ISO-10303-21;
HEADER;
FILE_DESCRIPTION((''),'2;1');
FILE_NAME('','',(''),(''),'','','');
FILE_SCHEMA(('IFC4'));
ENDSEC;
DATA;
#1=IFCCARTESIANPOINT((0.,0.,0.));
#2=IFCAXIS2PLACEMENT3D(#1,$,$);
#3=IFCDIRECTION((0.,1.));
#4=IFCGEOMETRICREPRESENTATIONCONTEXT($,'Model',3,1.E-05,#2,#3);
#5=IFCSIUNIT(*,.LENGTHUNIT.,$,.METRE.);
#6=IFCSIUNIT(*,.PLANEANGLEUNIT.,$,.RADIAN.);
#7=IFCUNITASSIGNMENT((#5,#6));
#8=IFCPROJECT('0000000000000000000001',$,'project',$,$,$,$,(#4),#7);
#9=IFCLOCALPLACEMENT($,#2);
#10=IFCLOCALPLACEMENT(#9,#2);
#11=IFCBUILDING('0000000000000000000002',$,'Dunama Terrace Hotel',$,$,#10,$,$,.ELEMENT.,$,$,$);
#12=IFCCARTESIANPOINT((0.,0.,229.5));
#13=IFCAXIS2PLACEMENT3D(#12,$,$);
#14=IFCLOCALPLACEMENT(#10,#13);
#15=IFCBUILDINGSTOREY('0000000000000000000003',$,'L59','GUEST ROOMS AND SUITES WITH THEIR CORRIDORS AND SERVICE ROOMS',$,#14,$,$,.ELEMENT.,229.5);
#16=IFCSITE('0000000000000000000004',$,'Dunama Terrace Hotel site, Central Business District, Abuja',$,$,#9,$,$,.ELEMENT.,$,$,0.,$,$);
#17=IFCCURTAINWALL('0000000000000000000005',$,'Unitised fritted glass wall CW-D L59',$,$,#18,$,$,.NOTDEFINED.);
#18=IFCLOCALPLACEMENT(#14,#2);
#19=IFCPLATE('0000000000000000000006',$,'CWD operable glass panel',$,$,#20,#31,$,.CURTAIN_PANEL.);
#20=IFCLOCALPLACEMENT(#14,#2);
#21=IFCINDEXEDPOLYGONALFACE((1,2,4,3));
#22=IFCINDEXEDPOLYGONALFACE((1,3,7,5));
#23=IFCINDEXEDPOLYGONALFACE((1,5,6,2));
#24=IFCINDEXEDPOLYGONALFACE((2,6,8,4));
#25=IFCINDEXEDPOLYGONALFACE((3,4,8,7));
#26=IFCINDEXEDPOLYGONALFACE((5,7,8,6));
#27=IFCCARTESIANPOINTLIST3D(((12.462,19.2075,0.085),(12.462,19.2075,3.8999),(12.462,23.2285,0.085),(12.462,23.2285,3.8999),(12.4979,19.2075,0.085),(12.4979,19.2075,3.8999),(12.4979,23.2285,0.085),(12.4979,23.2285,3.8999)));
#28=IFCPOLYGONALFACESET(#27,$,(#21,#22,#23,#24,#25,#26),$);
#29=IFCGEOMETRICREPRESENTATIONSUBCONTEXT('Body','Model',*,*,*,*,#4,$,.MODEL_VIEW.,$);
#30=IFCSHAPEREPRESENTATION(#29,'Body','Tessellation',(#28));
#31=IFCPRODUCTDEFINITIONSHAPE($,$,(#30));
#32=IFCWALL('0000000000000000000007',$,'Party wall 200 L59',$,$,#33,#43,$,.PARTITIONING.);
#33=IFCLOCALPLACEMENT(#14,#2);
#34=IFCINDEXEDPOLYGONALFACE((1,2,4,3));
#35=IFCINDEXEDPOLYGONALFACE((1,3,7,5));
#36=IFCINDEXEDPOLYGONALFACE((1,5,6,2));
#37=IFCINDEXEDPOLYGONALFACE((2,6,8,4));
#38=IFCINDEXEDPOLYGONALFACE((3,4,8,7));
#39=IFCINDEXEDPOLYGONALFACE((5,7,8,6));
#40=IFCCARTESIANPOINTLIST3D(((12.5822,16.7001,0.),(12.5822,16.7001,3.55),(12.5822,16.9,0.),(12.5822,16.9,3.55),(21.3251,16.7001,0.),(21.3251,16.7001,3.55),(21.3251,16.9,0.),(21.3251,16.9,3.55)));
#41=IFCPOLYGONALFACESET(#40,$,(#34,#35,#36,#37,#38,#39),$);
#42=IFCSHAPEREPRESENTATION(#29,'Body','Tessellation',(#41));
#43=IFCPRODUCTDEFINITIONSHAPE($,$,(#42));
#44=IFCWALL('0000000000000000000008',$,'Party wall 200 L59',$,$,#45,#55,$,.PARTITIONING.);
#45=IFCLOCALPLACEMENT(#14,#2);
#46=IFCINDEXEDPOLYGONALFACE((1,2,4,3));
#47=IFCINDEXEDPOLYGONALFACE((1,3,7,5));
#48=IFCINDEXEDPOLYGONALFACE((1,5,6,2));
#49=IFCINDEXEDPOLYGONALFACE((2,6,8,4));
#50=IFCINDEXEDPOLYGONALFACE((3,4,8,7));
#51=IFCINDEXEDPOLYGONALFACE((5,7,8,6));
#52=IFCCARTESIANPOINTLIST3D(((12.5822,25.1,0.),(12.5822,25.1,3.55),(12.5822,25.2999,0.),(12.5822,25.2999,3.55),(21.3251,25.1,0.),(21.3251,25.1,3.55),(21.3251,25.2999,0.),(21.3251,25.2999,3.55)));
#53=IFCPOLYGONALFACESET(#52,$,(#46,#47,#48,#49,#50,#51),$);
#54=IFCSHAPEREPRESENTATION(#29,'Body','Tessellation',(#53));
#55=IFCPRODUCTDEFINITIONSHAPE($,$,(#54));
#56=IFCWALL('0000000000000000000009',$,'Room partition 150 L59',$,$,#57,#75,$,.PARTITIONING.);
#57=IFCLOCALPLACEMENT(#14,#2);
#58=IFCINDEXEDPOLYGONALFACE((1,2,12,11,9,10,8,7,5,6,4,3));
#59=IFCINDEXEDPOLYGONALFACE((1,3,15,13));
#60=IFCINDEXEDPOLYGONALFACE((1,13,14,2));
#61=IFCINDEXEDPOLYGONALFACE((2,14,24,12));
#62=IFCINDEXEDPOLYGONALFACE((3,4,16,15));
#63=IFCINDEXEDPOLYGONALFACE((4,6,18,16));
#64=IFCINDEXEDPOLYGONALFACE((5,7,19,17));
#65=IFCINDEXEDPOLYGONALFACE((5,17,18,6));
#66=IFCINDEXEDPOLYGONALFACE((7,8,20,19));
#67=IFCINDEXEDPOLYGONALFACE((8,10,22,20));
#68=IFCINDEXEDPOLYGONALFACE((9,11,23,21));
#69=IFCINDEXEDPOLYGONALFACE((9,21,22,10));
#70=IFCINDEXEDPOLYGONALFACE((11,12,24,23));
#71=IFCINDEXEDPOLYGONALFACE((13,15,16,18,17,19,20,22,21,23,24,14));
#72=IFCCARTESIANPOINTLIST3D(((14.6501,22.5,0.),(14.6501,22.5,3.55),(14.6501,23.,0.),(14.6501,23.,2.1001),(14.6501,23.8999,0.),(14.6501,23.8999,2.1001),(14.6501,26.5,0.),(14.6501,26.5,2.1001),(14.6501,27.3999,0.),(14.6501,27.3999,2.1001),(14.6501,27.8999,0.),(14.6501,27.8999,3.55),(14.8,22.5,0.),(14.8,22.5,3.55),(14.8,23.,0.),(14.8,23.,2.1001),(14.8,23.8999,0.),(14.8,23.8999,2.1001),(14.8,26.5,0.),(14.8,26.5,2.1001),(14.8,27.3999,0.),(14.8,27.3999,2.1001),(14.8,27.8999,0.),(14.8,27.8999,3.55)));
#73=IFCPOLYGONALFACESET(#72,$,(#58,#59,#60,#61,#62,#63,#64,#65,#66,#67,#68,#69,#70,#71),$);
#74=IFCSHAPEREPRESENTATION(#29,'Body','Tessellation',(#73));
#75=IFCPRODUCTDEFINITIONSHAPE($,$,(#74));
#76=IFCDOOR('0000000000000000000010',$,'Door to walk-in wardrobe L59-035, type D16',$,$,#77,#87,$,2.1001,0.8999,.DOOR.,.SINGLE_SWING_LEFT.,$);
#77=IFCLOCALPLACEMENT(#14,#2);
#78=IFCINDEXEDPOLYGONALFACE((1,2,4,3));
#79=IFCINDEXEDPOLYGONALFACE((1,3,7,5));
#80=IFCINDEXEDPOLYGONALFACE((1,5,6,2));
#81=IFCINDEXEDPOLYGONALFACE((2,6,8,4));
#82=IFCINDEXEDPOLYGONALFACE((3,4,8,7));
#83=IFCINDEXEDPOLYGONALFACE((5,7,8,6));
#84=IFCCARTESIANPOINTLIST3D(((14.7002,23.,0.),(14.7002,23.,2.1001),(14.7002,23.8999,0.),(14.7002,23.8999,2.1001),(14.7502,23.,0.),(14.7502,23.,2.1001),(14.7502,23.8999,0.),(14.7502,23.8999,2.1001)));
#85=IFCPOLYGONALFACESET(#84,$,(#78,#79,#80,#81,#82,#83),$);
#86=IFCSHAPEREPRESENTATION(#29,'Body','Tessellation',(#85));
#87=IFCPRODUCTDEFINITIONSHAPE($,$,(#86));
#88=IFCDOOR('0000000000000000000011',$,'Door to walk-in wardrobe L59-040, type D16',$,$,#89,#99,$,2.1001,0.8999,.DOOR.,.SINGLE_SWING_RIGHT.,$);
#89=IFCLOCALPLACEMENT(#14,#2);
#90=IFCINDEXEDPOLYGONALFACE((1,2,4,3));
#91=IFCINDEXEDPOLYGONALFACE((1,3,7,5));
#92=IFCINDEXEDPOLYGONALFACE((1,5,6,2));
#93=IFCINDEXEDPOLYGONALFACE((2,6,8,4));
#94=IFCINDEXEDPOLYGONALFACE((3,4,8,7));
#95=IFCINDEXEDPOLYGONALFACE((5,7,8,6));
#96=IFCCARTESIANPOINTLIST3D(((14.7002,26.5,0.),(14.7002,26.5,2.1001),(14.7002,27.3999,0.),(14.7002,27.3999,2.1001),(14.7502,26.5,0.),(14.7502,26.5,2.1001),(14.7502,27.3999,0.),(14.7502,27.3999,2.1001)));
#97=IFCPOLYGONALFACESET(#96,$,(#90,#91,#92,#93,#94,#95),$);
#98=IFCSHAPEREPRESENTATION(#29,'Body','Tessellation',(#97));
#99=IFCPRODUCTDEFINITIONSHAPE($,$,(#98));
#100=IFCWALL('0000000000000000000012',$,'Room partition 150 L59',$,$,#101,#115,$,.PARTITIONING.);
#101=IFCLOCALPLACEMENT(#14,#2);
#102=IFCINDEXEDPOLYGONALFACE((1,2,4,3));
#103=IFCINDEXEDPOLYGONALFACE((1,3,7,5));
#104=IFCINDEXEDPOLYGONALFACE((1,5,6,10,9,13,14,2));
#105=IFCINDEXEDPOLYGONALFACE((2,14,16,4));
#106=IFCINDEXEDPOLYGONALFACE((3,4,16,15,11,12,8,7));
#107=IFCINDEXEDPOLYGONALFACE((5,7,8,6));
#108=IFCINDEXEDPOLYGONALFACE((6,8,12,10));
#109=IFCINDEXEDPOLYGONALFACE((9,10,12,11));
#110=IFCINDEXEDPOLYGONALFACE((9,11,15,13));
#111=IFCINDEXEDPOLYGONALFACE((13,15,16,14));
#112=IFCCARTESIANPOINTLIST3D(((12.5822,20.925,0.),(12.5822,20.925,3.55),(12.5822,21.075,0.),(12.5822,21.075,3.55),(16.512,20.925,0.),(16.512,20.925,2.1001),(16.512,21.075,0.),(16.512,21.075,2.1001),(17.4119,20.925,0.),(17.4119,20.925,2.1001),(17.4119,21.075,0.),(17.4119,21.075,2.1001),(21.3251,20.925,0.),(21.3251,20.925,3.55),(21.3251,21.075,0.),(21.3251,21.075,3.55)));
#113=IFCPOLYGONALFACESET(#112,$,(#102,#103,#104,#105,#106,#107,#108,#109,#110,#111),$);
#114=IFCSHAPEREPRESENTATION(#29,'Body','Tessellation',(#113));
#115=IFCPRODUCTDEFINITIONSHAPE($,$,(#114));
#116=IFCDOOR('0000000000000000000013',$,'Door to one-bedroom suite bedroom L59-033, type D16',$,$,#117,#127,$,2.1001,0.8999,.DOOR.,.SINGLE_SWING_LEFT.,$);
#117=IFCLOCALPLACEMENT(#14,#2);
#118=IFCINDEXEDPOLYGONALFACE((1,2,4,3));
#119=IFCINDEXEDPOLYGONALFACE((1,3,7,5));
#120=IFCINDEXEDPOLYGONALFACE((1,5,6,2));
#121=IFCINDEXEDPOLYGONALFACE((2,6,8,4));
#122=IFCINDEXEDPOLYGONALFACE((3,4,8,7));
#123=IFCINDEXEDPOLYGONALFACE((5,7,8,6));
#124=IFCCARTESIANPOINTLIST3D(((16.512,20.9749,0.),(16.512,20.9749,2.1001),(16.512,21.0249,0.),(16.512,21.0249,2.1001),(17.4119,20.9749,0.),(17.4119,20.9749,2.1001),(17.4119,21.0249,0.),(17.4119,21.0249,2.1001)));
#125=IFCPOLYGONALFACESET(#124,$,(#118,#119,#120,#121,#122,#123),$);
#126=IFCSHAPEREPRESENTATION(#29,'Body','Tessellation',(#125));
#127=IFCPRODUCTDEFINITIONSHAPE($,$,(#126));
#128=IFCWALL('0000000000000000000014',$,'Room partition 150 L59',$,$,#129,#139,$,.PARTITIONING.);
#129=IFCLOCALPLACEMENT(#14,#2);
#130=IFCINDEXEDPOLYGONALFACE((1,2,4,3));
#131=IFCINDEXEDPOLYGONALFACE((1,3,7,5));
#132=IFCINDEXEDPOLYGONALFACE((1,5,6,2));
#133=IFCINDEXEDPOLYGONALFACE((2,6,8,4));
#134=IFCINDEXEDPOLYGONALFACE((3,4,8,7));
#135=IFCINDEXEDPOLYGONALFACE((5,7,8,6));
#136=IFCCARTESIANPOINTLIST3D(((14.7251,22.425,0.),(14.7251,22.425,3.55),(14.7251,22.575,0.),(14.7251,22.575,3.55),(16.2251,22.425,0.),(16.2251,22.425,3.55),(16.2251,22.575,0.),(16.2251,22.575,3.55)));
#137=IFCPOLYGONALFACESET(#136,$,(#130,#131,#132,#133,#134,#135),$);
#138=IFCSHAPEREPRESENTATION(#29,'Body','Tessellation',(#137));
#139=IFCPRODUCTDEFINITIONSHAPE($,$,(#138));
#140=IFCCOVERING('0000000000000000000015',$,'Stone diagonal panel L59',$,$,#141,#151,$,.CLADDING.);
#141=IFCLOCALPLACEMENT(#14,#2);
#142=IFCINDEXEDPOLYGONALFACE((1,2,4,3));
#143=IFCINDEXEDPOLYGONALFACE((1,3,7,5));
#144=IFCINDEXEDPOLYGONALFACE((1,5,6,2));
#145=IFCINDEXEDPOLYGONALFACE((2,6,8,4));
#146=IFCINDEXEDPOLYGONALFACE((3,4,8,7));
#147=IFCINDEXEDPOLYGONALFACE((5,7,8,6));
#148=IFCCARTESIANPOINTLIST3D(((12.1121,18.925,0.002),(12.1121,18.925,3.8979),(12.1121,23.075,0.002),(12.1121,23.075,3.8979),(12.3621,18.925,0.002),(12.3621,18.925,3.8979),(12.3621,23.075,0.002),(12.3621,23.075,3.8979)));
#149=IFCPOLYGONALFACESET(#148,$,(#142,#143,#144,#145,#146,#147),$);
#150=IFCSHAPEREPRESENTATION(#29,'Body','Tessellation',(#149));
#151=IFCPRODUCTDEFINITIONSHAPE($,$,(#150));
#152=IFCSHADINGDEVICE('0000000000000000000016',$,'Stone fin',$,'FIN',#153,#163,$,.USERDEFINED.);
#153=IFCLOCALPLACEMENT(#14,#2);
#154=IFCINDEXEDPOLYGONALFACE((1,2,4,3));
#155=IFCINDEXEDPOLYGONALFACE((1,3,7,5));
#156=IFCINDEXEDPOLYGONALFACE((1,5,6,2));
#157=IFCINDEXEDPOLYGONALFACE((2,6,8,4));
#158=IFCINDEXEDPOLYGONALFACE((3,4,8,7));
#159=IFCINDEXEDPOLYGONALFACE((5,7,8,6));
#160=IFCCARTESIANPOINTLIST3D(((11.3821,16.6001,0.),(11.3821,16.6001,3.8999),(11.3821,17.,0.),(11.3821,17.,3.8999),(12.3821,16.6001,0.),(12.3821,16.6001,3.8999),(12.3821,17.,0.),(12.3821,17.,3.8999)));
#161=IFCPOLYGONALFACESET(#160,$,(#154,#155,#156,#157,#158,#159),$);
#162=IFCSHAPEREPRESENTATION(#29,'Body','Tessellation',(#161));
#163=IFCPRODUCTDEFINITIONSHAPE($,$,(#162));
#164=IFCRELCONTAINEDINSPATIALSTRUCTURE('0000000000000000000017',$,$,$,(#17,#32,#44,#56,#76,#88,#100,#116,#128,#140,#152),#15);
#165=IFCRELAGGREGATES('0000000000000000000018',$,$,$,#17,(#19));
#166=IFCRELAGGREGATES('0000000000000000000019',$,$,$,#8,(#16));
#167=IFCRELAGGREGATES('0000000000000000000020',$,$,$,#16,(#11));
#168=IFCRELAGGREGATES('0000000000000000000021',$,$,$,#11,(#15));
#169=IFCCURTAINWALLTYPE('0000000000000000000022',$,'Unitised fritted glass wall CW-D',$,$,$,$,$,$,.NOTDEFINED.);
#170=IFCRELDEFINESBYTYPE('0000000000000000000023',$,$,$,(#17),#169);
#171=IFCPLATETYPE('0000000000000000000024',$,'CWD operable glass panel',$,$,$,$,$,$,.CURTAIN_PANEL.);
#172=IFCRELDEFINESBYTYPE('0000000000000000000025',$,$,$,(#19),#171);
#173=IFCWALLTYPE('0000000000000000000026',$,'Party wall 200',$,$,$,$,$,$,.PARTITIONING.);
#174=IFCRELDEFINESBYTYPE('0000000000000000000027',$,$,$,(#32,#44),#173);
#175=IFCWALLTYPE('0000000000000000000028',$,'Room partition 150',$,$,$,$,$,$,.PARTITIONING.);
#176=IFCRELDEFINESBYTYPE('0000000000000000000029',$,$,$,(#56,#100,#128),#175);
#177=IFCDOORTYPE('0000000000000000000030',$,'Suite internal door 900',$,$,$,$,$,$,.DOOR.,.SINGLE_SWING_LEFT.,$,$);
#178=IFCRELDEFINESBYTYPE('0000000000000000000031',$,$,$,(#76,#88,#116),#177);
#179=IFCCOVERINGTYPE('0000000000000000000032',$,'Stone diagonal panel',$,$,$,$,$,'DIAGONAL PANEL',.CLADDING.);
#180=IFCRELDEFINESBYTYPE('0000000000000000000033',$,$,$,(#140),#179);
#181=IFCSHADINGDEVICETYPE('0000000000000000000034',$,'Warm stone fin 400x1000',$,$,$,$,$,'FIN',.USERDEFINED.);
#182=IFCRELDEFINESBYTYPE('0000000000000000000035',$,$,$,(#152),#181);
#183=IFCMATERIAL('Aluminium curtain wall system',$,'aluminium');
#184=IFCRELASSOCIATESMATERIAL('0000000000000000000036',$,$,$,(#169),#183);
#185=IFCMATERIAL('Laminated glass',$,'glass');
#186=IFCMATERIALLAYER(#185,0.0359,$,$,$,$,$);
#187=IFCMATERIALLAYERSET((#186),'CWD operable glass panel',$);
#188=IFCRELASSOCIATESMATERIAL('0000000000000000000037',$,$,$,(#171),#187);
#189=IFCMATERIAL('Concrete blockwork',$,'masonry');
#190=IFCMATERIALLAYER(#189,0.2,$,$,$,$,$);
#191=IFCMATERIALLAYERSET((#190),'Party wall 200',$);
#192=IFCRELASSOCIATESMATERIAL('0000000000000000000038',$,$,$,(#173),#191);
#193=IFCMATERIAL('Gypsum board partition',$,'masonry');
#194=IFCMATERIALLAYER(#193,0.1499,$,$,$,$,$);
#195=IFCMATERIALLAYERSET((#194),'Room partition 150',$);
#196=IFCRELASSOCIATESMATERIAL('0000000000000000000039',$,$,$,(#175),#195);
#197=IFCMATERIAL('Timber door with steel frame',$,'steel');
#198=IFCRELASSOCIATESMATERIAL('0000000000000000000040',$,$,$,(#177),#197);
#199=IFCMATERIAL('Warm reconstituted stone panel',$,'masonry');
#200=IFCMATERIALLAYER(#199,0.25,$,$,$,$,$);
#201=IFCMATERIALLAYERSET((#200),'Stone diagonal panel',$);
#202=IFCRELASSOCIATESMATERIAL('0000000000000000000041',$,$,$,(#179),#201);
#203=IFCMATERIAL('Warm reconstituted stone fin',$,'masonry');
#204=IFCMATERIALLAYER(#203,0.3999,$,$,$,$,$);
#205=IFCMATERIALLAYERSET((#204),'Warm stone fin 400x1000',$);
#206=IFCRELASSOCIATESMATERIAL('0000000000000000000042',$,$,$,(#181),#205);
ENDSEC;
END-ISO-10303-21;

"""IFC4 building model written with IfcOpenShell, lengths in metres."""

from ifc_helpers import new_model, si_unit, direction, frame, frame_2d, origin, origin_2d, place, context, subcontext, project, spatial, rectangle, extrude, material, layer, layer_set, type_object, element, fill, aggregate, save


model = new_model("IFC4")

# Units and contexts
model_context = context("Model", 3, precision=1e-05, world=origin(), true_north=direction((0.0, 1.0)))
body_context = subcontext(model_context, "Body", "Model", "MODEL_VIEW")
ifc_project = project(units=[si_unit("LENGTHUNIT", "METRE"), si_unit("PLANEANGLEUNIT", "RADIAN")], contexts=[model_context])

# Site, building, storey
site_placement = place(None, origin())
site = spatial("IfcSite", under=ifc_project, at=site_placement, Name="Dunama Terrace Hotel site, Central Business District, Abuja", CompositionType="ELEMENT", RefElevation=0.0)
building_placement = place(site_placement, origin())
building = spatial("IfcBuilding", under=site, at=building_placement, Name="Dunama Terrace Hotel", CompositionType="ELEMENT")
storey_placement = place(building_placement, frame((0.0, 0.0, 229.5)))
storey = spatial("IfcBuildingStorey", under=building, at=storey_placement, Name="L59", Description="GUEST ROOMS AND SUITES WITH THEIR CORRIDORS AND SERVICE ROOMS", CompositionType="ELEMENT", Elevation=229.5)

# Curtain wall
ifc_material_1 = material(Name="Aluminium curtain wall system", Category="aluminium")
curtain_wall_type = type_object("IfcCurtainWallType", Name="Unitised fritted glass wall CW-D", PredefinedType="NOTDEFINED", material=ifc_material_1)
curtain_wall_placement = place(storey_placement, origin())
curtain_wall = element("IfcCurtainWall", 1, at=curtain_wall_placement, inside=storey, type_object=curtain_wall_type, Name="Unitised fritted glass wall CW-D L59", PredefinedType="NOTDEFINED")

# Plate
ifc_material_2 = material(Name="Laminated glass", Category="glass")
ifc_layer_1 = layer(ifc_material_2, 0.0359)
ifc_layer_set_1 = layer_set([ifc_layer_1], Name="CWD operable glass panel")
plate_type_1 = type_object("IfcPlateType", Name="CWD operable glass panel", PredefinedType="CURTAIN_PANEL", material=ifc_layer_set_1)
plate_1_placement = place(storey_placement, frame((12.48, 21.218, 0.085), z_axis=(0.0, 0.0, 1.0), x_axis=(0.0, -1.0, 0.0)))
plate_1 = element("IfcPlate", 2, at=plate_1_placement, type_object=plate_type_1, Name="CWD operable glass panel", PredefinedType="CURTAIN_PANEL", context=body_context, shape_type="SweptSolid", body=[
    extrude(rectangle(XDim=4.021, YDim=0.0359, at=origin_2d()), origin(), (0.0, 0.0, 1.0), 3.8149),
])
aggregate(curtain_wall, [plate_1])

# Walls
ifc_material_3 = material(Name="Concrete blockwork", Category="masonry")
ifc_layer_2 = layer(ifc_material_3, 0.2)
ifc_layer_set_2 = layer_set([ifc_layer_2], Name="Party wall 200")
wall_type_1 = type_object("IfcWallType", Name="Party wall 200", PredefinedType="PARTITIONING", material=ifc_layer_set_2)
for number, where, z_axis, x_axis, name in (
    (3, (12.582, 16.8, 0.0), (0.0, 0.0, 1.0), (1.0, 0.0, 0.0), "Party wall 200 L59"),
    (4, (12.582, 25.2, 0.0), (0.0, 0.0, 1.0), (1.0, 0.0, 0.0), "Party wall 200 L59"),
):
    element("IfcWall", number, at=place(storey_placement, frame(where, z_axis=z_axis, x_axis=x_axis)), inside=storey, type_object=wall_type_1, Name=name, PredefinedType="PARTITIONING", context=body_context, shape_type="SweptSolid", body=[
        extrude(rectangle(XDim=8.7429, YDim=0.2, at=frame_2d((4.3716, 0.0))), origin(), (0.0, 0.0, 1.0), 3.55),
    ])

# Wall, openings, doors
ifc_material_4 = material(Name="Gypsum board partition", Category="masonry")
ifc_layer_3 = layer(ifc_material_4, 0.1499)
ifc_layer_set_3 = layer_set([ifc_layer_3], Name="Room partition 150")
wall_type_2 = type_object("IfcWallType", Name="Room partition 150", PredefinedType="PARTITIONING", material=ifc_layer_set_3)
wall_1_placement = place(storey_placement, frame((14.7251, 22.5, 0.0), z_axis=(0.0, 0.0, 1.0), x_axis=(0.0, 1.0, 0.0)))
wall_1 = element("IfcWall", 5, at=wall_1_placement, inside=storey, type_object=wall_type_2, Name="Room partition 150 L59", PredefinedType="PARTITIONING", context=body_context, shape_type="SweptSolid", body=[
    extrude(rectangle(XDim=5.3999, YDim=0.1499, at=frame_2d((2.7, 0.0))), origin(), (0.0, 0.0, 1.0), 3.55),
])
opening_1_placement = place(wall_1_placement, frame((0.5, 0.0, 0.0)))
opening_1 = element("IfcOpeningElement", 6, at=opening_1_placement, cuts=wall_1, PredefinedType="OPENING", context=body_context, shape_type="SweptSolid", body=[
    extrude(rectangle(XDim=0.8999, YDim=2.1001, at=frame_2d((0.45, 1.05))), frame((0.0, 0.085, 0.0), z_axis=(0.0, -1.0, 0.0), x_axis=(1.0, 0.0, 0.0)), (0.0, 0.0, 1.0), 0.1699),
])
opening_2_placement = place(wall_1_placement, frame((4.0, 0.0, 0.0)))
opening_2 = element("IfcOpeningElement", 7, at=opening_2_placement, cuts=wall_1, PredefinedType="OPENING", context=body_context, shape_type="SweptSolid", body=[
    extrude(rectangle(XDim=0.8999, YDim=2.1001, at=frame_2d((0.45, 1.05))), frame((0.0, 0.085, 0.0), z_axis=(0.0, -1.0, 0.0), x_axis=(1.0, 0.0, 0.0)), (0.0, 0.0, 1.0), 0.1699),
])
ifc_material_5 = material(Name="Timber door with steel frame", Category="steel")
door_type = type_object("IfcDoorType", Name="Suite internal door 900", OperationType="SINGLE_SWING_LEFT", PredefinedType="DOOR", material=ifc_material_5)
door_1_placement = place(opening_1_placement, frame((0.8999, 0.0, 0.0), z_axis=(0.0, 0.0, 1.0), x_axis=(-1.0, 0.0, 0.0)))
door_1 = element("IfcDoor", 8, at=door_1_placement, inside=storey, type_object=door_type, Name="Door to walk-in wardrobe L59-035, type D16", OperationType="SINGLE_SWING_LEFT", OverallHeight=2.1001, OverallWidth=0.8999, PredefinedType="DOOR", context=body_context, shape_type="SweptSolid", body=[
    extrude(rectangle(XDim=0.8999, YDim=2.1001, at=frame_2d((0.45, 1.05))), frame((0.0, 0.0251, 0.0), z_axis=(0.0, -1.0, 0.0), x_axis=(1.0, 0.0, 0.0)), (0.0, 0.0, 1.0), 0.05),
])
fill(opening_1, door_1)
door_2_placement = place(opening_2_placement, frame((0.8999, 0.0, 0.0), z_axis=(0.0, 0.0, 1.0), x_axis=(-1.0, 0.0, 0.0)))
door_2 = element("IfcDoor", 9, at=door_2_placement, inside=storey, type_object=door_type, Name="Door to walk-in wardrobe L59-040, type D16", OperationType="SINGLE_SWING_RIGHT", OverallHeight=2.1001, OverallWidth=0.8999, PredefinedType="DOOR", context=body_context, shape_type="SweptSolid", body=[
    extrude(rectangle(XDim=0.8999, YDim=2.1001, at=frame_2d((0.45, 1.05))), frame((0.0, 0.0251, 0.0), z_axis=(0.0, -1.0, 0.0), x_axis=(1.0, 0.0, 0.0)), (0.0, 0.0, 1.0), 0.05),
])
fill(opening_2, door_2)

# Wall, opening, door
wall_2_placement = place(storey_placement, frame((12.582, 21.0, 0.0), z_axis=(0.0, 0.0, 1.0), x_axis=(1.0, 0.0, 0.0)))
wall_2 = element("IfcWall", 10, at=wall_2_placement, inside=storey, type_object=wall_type_2, Name="Room partition 150 L59", PredefinedType="PARTITIONING", context=body_context, shape_type="SweptSolid", body=[
    extrude(rectangle(XDim=8.7429, YDim=0.1499, at=frame_2d((4.3716, 0.0))), origin(), (0.0, 0.0, 1.0), 3.55),
])
opening_3_placement = place(wall_2_placement, frame((3.9299, 0.0, 0.0)))
opening_3 = element("IfcOpeningElement", 11, at=opening_3_placement, cuts=wall_2, PredefinedType="OPENING", context=body_context, shape_type="SweptSolid", body=[
    extrude(rectangle(XDim=0.8999, YDim=2.1001, at=frame_2d((0.45, 1.05))), frame((0.0, 0.085, 0.0), z_axis=(0.0, -1.0, 0.0), x_axis=(1.0, 0.0, 0.0)), (0.0, 0.0, 1.0), 0.1699),
])
door_3_placement = place(opening_3_placement, origin())
door_3 = element("IfcDoor", 12, at=door_3_placement, inside=storey, type_object=door_type, Name="Door to one-bedroom suite bedroom L59-033, type D16", OperationType="SINGLE_SWING_LEFT", OverallHeight=2.1001, OverallWidth=0.8999, PredefinedType="DOOR", context=body_context, shape_type="SweptSolid", body=[
    extrude(rectangle(XDim=0.8999, YDim=2.1001, at=frame_2d((0.45, 1.05))), frame((0.0, 0.0249, 0.0), z_axis=(0.0, -1.0, 0.0), x_axis=(1.0, 0.0, 0.0)), (0.0, 0.0, 1.0), 0.05),
])
fill(opening_3, door_3)

# Wall
wall_3_placement = place(storey_placement, frame((14.7251, 22.5, 0.0), z_axis=(0.0, 0.0, 1.0), x_axis=(1.0, 0.0, 0.0)))
element("IfcWall", 13, at=wall_3_placement, inside=storey, type_object=wall_type_2, Name="Room partition 150 L59", PredefinedType="PARTITIONING", context=body_context, shape_type="SweptSolid", body=[
    extrude(rectangle(XDim=1.5, YDim=0.1499, at=frame_2d((0.75, 0.0))), origin(), (0.0, 0.0, 1.0), 3.55),
])

# Covering
ifc_material_6 = material(Name="Warm reconstituted stone panel", Category="masonry")
ifc_layer_4 = layer(ifc_material_6, 0.25)
ifc_layer_set_4 = layer_set([ifc_layer_4], Name="Stone diagonal panel")
covering_type = type_object("IfcCoveringType", Name="Stone diagonal panel", ElementType="DIAGONAL PANEL", PredefinedType="CLADDING", material=ifc_layer_set_4)
covering_placement = place(storey_placement, frame((12.2371, 21.0, 0.002), z_axis=(0.0, 0.0, 1.0), x_axis=(0.0, -1.0, 0.0)))
element("IfcCovering", 14, at=covering_placement, inside=storey, type_object=covering_type, Name="Stone diagonal panel L59", PredefinedType="CLADDING", context=body_context, shape_type="SweptSolid", body=[
    extrude(rectangle(XDim=4.1499, YDim=0.25, at=origin_2d()), origin(), (0.0, 0.0, 1.0), 3.896),
])

# Shading device
ifc_material_7 = material(Name="Warm reconstituted stone fin", Category="masonry")
ifc_layer_5 = layer(ifc_material_7, 0.3999)
ifc_layer_set_5 = layer_set([ifc_layer_5], Name="Warm stone fin 400x1000")
shading_device_type = type_object("IfcShadingDeviceType", Name="Warm stone fin 400x1000", ElementType="FIN", PredefinedType="USERDEFINED", material=ifc_layer_set_5)
shading_device_placement = place(storey_placement, frame((11.8821, 16.8, 0.0), z_axis=(0.0, 0.0, 1.0), x_axis=(0.0, -1.0, 0.0)))
element("IfcShadingDevice", 15, at=shading_device_placement, inside=storey, type_object=shading_device_type, Name="Stone fin", ObjectType="FIN", PredefinedType="USERDEFINED", context=body_context, shape_type="SweptSolid", body=[
    extrude(rectangle(XDim=0.3999, YDim=1.0, at=origin_2d()), origin(), (0.0, 0.0, 1.0), 3.8999),
])

save(model, "model.ifc")
